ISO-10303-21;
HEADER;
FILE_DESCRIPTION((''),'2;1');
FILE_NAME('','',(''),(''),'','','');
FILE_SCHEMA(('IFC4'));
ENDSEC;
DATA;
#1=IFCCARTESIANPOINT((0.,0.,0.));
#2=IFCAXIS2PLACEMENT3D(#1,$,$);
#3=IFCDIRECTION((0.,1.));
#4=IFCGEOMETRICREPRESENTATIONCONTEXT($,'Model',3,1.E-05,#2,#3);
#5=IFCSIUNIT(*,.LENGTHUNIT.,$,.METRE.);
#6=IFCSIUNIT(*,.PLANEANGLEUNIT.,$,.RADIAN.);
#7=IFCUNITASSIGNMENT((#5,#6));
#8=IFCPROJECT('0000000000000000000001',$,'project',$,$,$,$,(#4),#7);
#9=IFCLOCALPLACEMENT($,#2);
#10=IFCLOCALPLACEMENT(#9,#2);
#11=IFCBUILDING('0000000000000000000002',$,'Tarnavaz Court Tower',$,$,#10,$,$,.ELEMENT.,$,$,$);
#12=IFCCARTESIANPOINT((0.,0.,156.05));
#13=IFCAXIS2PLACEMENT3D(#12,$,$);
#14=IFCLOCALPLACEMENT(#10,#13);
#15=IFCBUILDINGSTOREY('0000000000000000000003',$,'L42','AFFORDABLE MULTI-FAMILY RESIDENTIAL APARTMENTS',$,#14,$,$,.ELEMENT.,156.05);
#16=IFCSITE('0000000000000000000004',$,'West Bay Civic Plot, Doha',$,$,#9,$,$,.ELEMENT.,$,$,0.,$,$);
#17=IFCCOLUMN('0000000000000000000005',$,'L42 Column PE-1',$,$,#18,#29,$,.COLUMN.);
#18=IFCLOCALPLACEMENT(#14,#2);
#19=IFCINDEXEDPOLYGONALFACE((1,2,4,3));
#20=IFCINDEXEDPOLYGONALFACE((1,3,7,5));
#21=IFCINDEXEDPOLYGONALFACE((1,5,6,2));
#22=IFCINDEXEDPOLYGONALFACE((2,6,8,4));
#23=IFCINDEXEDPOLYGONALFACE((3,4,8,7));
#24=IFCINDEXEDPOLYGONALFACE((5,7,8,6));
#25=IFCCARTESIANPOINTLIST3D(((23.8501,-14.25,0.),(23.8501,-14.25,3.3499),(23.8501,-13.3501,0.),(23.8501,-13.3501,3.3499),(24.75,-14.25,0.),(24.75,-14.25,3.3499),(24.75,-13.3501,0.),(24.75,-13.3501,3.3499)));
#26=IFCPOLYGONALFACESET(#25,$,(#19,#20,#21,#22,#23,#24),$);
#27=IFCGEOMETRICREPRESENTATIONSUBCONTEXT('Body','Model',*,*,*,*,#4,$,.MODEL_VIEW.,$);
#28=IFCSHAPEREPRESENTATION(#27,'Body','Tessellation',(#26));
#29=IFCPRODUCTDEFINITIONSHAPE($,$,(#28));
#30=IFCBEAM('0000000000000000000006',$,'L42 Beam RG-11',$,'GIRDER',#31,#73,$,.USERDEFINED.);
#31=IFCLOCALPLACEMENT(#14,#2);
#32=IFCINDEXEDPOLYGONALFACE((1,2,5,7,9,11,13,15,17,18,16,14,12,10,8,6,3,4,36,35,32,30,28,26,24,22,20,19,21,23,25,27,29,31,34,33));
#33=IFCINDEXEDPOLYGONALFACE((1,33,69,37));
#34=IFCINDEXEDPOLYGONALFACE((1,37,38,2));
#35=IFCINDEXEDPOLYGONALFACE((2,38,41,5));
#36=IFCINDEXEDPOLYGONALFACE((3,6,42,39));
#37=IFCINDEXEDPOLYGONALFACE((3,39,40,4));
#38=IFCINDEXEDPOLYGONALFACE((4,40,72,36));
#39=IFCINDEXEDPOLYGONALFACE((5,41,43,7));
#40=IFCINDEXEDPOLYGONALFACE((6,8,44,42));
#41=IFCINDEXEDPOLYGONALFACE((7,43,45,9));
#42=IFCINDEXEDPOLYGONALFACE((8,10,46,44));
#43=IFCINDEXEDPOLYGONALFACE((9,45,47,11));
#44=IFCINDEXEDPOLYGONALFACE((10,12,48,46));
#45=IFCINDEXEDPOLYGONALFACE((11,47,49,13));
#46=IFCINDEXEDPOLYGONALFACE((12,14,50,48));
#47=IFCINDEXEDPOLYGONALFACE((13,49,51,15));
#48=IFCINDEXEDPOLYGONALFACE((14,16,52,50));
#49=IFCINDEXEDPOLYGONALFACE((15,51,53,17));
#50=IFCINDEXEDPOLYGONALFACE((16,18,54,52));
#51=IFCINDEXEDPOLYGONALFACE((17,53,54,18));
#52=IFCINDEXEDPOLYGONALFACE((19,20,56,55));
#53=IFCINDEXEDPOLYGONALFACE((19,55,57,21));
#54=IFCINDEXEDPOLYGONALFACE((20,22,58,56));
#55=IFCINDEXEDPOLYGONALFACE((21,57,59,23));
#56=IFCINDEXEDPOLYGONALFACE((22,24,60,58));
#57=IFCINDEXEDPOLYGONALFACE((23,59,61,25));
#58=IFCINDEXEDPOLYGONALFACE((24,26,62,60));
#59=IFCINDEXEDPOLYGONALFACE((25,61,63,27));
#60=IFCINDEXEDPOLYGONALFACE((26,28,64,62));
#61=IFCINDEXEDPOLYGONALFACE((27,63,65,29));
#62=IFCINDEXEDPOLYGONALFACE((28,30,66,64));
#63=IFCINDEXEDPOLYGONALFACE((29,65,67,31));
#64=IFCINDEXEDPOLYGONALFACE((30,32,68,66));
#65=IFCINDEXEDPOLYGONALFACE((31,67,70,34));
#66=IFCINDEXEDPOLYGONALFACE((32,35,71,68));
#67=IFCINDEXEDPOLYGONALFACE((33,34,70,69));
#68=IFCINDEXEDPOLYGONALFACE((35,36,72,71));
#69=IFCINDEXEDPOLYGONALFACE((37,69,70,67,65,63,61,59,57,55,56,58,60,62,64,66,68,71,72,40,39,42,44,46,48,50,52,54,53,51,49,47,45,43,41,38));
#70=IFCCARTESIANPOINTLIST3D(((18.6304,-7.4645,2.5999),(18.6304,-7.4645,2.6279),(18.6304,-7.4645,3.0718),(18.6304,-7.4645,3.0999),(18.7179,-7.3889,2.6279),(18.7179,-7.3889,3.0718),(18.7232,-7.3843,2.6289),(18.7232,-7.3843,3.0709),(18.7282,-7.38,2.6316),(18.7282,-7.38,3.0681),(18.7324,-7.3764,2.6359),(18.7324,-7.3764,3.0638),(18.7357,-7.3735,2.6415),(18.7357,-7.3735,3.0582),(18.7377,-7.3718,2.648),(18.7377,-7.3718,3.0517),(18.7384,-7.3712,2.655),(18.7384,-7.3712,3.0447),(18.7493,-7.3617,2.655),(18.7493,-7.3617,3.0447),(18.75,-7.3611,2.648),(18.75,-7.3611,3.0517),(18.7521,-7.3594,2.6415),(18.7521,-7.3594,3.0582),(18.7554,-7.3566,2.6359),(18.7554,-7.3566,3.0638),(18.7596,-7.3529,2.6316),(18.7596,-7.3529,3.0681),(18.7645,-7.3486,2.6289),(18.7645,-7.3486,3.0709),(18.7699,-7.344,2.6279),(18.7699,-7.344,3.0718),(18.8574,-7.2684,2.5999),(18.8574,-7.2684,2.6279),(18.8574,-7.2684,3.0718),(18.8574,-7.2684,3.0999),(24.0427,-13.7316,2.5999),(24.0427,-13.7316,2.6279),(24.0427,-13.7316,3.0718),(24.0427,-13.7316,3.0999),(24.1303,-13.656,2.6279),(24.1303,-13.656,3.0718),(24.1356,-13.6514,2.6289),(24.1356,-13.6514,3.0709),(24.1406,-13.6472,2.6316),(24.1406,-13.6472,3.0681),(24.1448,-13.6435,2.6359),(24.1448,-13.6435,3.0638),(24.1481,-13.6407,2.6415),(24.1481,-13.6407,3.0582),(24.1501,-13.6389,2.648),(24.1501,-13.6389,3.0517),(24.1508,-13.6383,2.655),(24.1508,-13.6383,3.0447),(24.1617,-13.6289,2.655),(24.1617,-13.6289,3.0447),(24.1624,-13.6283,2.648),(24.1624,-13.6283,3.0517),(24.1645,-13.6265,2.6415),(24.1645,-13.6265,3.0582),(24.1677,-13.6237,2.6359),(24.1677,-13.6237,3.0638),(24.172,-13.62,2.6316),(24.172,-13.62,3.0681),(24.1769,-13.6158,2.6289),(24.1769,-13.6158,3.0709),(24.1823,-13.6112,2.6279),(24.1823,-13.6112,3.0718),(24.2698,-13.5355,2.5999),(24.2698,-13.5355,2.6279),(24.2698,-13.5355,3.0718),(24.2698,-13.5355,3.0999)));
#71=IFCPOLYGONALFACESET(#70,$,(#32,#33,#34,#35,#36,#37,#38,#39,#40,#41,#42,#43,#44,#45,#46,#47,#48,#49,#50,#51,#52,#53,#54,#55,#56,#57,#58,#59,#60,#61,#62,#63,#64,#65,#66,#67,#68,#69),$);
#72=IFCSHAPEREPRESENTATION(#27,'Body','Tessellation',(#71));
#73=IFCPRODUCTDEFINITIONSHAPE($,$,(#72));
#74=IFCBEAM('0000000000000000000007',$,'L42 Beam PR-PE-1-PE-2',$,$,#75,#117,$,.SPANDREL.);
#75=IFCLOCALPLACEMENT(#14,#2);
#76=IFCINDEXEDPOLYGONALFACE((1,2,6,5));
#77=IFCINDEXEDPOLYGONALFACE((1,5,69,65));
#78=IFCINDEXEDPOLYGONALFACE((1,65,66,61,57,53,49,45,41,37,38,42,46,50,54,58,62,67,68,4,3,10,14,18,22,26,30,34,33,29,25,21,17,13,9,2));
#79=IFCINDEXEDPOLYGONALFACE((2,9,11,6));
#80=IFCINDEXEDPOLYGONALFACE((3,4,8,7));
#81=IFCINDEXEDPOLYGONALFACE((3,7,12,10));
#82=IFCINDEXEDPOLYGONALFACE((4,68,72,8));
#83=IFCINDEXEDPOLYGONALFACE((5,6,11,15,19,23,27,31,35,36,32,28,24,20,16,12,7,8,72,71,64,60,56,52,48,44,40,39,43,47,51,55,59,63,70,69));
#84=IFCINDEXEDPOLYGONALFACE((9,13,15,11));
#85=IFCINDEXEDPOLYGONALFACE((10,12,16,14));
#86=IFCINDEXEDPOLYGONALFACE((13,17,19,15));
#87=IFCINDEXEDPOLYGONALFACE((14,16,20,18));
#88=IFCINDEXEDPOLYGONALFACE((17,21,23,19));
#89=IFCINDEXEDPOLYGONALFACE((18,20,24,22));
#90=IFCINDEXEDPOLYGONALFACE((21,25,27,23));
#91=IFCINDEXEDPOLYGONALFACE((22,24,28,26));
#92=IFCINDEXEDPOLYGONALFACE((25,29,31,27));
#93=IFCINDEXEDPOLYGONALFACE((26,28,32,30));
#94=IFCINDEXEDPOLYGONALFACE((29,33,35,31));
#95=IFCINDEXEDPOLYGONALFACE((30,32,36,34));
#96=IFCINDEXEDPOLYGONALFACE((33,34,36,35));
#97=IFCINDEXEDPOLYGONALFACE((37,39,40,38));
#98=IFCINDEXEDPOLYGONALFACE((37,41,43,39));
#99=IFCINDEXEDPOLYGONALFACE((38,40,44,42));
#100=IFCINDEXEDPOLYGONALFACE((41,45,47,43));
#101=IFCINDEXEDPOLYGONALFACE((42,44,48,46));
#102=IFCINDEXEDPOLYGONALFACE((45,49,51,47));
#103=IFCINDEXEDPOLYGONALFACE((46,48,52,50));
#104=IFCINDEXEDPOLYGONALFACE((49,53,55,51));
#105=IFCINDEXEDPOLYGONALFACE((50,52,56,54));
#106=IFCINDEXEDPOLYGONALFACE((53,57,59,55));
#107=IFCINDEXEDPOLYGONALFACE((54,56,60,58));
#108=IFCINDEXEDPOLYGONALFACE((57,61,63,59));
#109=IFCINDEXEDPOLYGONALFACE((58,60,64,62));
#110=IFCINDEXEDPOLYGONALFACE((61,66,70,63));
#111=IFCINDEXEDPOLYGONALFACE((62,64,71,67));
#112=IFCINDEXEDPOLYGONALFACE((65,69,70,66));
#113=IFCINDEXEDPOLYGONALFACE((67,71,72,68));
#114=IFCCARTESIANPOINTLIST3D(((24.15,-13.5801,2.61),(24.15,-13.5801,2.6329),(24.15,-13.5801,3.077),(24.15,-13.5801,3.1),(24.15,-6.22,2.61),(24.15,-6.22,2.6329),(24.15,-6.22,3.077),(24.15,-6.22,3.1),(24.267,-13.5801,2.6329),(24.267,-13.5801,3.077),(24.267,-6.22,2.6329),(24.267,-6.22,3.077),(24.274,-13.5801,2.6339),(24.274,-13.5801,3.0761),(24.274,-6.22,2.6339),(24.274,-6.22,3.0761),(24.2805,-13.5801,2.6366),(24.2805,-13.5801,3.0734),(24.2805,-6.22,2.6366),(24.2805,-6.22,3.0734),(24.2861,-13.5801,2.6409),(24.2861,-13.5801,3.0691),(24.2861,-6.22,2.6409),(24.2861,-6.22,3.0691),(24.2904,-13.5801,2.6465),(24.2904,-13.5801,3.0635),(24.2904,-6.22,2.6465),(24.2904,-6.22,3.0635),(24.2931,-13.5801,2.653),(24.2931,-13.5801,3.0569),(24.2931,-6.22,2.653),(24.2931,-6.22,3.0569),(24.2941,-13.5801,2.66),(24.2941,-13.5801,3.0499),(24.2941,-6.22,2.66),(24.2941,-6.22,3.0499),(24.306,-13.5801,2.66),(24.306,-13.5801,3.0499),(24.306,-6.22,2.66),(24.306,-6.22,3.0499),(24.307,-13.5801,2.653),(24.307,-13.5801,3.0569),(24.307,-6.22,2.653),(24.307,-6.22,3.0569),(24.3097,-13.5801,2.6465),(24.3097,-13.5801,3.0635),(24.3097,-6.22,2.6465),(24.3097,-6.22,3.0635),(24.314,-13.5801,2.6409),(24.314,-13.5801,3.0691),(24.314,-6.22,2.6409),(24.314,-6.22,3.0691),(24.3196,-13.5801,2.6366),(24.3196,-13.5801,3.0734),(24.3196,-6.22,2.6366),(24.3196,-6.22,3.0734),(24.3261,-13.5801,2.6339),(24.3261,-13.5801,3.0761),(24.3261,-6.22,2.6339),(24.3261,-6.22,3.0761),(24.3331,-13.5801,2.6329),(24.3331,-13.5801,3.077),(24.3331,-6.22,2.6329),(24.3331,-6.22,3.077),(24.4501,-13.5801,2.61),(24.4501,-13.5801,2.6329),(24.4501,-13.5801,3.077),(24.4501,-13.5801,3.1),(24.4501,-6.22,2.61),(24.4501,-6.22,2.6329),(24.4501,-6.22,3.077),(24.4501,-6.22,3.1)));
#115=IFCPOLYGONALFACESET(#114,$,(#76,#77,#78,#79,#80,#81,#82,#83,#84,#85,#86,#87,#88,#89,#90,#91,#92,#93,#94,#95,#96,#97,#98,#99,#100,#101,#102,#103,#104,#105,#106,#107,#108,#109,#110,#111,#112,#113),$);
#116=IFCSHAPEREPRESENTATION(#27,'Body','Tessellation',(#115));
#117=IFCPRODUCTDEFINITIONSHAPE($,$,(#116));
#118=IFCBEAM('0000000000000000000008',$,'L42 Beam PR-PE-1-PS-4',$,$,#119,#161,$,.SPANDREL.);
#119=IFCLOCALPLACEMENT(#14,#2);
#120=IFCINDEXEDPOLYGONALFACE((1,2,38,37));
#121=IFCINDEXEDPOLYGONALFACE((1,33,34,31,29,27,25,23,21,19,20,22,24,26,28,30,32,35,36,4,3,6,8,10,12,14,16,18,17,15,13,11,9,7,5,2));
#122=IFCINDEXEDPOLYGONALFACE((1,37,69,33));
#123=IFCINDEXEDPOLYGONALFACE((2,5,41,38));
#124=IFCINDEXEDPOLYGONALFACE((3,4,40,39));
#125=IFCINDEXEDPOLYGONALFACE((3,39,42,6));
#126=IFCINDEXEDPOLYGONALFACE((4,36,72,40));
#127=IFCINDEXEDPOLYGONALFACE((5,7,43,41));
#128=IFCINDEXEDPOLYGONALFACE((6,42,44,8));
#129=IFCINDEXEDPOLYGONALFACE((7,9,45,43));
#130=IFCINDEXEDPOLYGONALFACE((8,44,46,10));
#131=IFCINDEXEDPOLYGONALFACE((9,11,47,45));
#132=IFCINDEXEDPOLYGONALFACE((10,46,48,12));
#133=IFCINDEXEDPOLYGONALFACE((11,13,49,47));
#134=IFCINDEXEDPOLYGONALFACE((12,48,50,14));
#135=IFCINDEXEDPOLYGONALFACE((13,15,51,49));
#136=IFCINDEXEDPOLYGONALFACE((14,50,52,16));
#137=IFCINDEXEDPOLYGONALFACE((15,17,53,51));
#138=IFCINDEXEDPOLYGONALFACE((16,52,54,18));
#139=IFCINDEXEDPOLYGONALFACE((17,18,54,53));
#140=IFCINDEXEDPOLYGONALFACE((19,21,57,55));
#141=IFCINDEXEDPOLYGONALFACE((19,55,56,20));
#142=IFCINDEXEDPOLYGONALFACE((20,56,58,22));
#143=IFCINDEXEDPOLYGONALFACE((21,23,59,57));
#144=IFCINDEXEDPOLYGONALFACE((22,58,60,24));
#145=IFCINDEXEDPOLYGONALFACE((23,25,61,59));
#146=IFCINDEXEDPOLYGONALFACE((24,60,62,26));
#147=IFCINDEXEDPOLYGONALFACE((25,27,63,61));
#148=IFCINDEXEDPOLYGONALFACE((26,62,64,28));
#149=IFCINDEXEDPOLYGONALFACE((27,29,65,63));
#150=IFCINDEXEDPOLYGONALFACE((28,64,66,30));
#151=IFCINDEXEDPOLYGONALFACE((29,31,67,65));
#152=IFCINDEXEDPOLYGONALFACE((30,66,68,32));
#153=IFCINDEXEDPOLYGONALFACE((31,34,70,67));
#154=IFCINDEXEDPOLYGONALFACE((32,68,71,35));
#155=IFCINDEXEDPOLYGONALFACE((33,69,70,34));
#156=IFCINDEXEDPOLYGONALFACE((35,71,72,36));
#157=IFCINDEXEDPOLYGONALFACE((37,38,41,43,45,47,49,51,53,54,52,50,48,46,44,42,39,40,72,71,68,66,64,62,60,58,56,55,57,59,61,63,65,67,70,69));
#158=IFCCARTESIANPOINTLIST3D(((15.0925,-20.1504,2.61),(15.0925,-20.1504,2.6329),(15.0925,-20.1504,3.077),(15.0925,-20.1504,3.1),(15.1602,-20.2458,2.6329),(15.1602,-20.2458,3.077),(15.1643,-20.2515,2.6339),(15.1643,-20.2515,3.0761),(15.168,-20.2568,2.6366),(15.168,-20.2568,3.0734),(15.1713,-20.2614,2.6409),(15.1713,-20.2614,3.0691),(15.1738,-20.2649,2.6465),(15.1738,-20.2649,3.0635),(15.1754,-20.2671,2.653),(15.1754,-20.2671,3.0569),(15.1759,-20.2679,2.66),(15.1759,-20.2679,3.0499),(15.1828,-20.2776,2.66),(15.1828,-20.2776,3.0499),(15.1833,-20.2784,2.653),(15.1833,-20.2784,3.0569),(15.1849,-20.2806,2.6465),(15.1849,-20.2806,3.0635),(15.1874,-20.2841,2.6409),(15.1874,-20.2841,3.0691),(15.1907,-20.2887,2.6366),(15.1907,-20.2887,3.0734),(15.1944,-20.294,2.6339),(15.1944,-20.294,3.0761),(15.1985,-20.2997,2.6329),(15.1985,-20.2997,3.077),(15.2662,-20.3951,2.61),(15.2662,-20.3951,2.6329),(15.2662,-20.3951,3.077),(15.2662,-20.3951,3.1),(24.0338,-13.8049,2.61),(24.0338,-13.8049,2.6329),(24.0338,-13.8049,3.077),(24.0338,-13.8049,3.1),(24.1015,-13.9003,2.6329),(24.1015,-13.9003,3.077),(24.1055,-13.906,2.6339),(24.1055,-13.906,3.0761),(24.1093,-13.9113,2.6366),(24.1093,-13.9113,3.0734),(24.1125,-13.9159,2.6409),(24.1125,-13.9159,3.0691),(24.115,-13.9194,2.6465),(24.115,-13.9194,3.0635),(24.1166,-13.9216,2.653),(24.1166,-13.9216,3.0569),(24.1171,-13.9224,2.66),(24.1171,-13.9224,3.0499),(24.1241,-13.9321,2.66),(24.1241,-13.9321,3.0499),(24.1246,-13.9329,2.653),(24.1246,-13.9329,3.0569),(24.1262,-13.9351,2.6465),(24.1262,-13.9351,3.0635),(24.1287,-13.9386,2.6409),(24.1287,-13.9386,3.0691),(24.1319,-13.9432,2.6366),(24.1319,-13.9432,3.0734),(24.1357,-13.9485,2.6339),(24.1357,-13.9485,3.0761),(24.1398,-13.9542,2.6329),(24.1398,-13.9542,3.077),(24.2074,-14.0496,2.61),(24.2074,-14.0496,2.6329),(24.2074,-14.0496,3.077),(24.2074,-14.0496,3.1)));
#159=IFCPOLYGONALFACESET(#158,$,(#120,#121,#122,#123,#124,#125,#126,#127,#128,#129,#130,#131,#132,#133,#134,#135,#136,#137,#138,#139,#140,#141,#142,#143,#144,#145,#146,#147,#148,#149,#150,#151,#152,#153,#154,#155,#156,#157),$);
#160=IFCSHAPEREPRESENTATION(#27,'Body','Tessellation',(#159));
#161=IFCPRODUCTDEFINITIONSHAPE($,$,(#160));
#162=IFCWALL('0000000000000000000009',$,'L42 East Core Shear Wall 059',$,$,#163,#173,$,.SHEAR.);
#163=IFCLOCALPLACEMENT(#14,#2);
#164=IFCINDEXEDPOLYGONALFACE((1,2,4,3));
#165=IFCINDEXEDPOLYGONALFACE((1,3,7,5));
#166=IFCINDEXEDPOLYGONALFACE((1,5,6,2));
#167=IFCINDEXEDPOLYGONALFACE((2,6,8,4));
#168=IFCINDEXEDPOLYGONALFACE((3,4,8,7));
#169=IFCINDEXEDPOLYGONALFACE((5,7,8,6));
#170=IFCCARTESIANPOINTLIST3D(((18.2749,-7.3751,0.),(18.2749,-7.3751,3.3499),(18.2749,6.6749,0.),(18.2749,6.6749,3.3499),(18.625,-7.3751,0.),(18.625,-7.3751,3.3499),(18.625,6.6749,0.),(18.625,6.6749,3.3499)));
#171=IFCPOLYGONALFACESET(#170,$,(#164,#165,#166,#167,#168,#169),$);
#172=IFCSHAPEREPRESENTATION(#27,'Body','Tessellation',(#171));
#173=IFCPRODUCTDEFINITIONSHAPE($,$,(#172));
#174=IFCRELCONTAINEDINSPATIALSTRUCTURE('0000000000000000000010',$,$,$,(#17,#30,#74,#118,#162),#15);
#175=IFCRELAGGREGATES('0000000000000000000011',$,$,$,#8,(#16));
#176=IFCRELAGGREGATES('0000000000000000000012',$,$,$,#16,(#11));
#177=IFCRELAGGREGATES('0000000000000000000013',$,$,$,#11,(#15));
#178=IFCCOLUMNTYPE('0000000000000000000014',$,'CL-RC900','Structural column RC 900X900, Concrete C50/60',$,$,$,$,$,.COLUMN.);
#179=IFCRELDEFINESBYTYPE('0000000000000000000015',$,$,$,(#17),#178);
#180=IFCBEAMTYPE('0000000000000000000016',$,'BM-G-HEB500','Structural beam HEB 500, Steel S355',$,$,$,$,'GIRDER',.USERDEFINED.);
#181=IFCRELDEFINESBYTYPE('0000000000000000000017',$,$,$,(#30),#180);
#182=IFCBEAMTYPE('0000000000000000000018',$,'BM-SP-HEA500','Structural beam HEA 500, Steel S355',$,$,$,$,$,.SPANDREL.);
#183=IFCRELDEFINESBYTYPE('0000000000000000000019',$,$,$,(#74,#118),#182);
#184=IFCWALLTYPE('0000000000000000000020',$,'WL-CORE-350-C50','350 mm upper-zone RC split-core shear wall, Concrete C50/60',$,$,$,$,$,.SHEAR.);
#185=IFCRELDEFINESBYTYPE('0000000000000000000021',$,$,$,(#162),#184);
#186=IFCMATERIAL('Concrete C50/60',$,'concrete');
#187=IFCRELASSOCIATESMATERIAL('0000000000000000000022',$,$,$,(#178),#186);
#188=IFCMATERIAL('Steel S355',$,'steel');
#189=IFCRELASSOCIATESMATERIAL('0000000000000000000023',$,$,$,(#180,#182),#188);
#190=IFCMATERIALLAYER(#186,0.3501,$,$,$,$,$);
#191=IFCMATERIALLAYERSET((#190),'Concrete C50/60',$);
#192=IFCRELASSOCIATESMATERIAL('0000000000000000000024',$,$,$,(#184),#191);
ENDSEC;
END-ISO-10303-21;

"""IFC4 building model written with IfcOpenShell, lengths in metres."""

from ifc_helpers import new_model, si_unit, direction, frame, frame_2d, origin, origin_2d, place, context, subcontext, project, spatial, rectangle, i_section, extrude, material, layer, layer_set, material_profile, profile_set, type_object, element, save


model = new_model("IFC4")

# Units and contexts
model_context = context("Model", 3, precision=1e-05, world=origin(), true_north=direction((0.0, 1.0)))
body_context = subcontext(model_context, "Body", "Model", "MODEL_VIEW")
ifc_project = project(units=[si_unit("LENGTHUNIT", "METRE"), si_unit("PLANEANGLEUNIT", "RADIAN")], contexts=[model_context])

# Site, building, storey
site_placement = place(None, origin())
site = spatial("IfcSite", under=ifc_project, at=site_placement, Name="West Bay Civic Plot, Doha", CompositionType="ELEMENT", RefElevation=0.0)
building_placement = place(site_placement, origin())
building = spatial("IfcBuilding", under=site, at=building_placement, Name="Tarnavaz Court Tower", CompositionType="ELEMENT")
storey_placement = place(building_placement, frame((0.0, 0.0, 156.05)))
storey = spatial("IfcBuildingStorey", under=building, at=storey_placement, Name="L42", Description="AFFORDABLE MULTI-FAMILY RESIDENTIAL APARTMENTS", CompositionType="ELEMENT", Elevation=156.05)

# Column
ifc_material_1 = material(Name="Concrete C50/60", Category="concrete")
ifc_material_profile_1 = material_profile(ifc_material_1, rectangle(XDim=0.8999, YDim=0.8999, at=origin_2d()), Name="RC 900X900")
ifc_profile_set_1 = profile_set([ifc_material_profile_1], Name="Concrete C50/60")
column_type = type_object("IfcColumnType", Name="CL-RC900", Description="Structural column RC 900X900, Concrete C50/60", PredefinedType="COLUMN", material=ifc_profile_set_1)
column_placement = place(storey_placement, frame((24.3, -13.8, 0.0), z_axis=(0.0, 0.0, 1.0), x_axis=(1.0, 0.0, 0.0)))
element("IfcColumn", 1, at=column_placement, inside=storey, type_object=column_type, Name="L42 Column PE-1", PredefinedType="COLUMN", context=body_context, shape_type="SweptSolid", body=[
    extrude(rectangle(XDim=0.8999, YDim=0.8999, at=origin_2d()), origin(), (0.0, 0.0, 1.0), 3.3499),
])

# Beams
ifc_material_2 = material(Name="Steel S355", Category="steel")
ifc_material_profile_2 = material_profile(ifc_material_2, i_section(OverallWidth=0.3, OverallDepth=0.5, WebThickness=0.0144, FlangeThickness=0.0281, FilletRadius=0.0271, at=origin_2d()), Name="HEB 500")
ifc_profile_set_2 = profile_set([ifc_material_profile_2], Name="Steel S355")
beam_type_1 = type_object("IfcBeamType", Name="BM-G-HEB500", Description="Structural beam HEB 500, Steel S355", ElementType="GIRDER", PredefinedType="USERDEFINED", material=ifc_profile_set_2)
beam_1_placement = place(storey_placement, frame((18.7439, -7.3665, 2.8499), z_axis=(0.653611, -0.756831, 0.0), x_axis=(0.756831, 0.653611, 0.0)))
element("IfcBeam", 2, at=beam_1_placement, inside=storey, type_object=beam_type_1, Name="L42 Beam RG-11", ObjectType="GIRDER", PredefinedType="USERDEFINED", context=body_context, shape_type="SweptSolid", body=[
    extrude(i_section(OverallWidth=0.3, OverallDepth=0.5, WebThickness=0.0144, FlangeThickness=0.0281, FilletRadius=0.0271, at=origin_2d()), origin(), (0.0, 0.0, 1.0), 8.2808),
])
ifc_material_profile_3 = material_profile(ifc_material_2, i_section(OverallWidth=0.3, OverallDepth=0.49, WebThickness=0.012, FlangeThickness=0.0229, FilletRadius=0.0271, at=origin_2d()), Name="HEA 500")
ifc_profile_set_3 = profile_set([ifc_material_profile_3], Name="Steel S355")
beam_type_2 = type_object("IfcBeamType", Name="BM-SP-HEA500", Description="Structural beam HEA 500, Steel S355", PredefinedType="SPANDREL", material=ifc_profile_set_3)
beam_2_placement = place(storey_placement, frame((24.3, -13.5801, 2.855), z_axis=(0.0, 1.0, 0.0), x_axis=(-1.0, 0.0, 0.0)))
element("IfcBeam", 3, at=beam_2_placement, inside=storey, type_object=beam_type_2, Name="L42 Beam PR-PE-1-PE-2", PredefinedType="SPANDREL", context=body_context, shape_type="SweptSolid", body=[
    extrude(i_section(OverallWidth=0.3, OverallDepth=0.49, WebThickness=0.012, FlangeThickness=0.0229, FilletRadius=0.0271, at=origin_2d()), origin(), (0.0, 0.0, 1.0), 7.3601),
])
beam_3_placement = place(storey_placement, frame((24.1206, -13.9272, 2.855), z_axis=(-0.815502, -0.578754, 0.0), x_axis=(0.578754, -0.815502, 0.0)))
element("IfcBeam", 4, at=beam_3_placement, inside=storey, type_object=beam_type_2, Name="L42 Beam PR-PE-1-PS-4", PredefinedType="SPANDREL", context=body_context, shape_type="SweptSolid", body=[
    extrude(i_section(OverallWidth=0.3, OverallDepth=0.49, WebThickness=0.012, FlangeThickness=0.0229, FilletRadius=0.0271, at=origin_2d()), origin(), (0.0, 0.0, 1.0), 10.9641),
])

# Wall
ifc_layer_1 = layer(ifc_material_1, 0.3501)
ifc_layer_set_1 = layer_set([ifc_layer_1], Name="Concrete C50/60")
wall_type_1 = type_object("IfcWallType", Name="WL-CORE-350-C50", Description="350 mm upper-zone RC split-core shear wall, Concrete C50/60", PredefinedType="SHEAR", material=ifc_layer_set_1)
wall_1_placement = place(storey_placement, frame((18.45, -7.375, 0.0), z_axis=(0.0, 0.0, 1.0), x_axis=(0.0, 1.0, 0.0)))
element("IfcWall", 5, at=wall_1_placement, inside=storey, type_object=wall_type_1, Name="L42 East Core Shear Wall 059", PredefinedType="SHEAR", context=body_context, shape_type="SweptSolid", body=[
    extrude(rectangle(XDim=14.05, YDim=0.3501, at=frame_2d((7.0249, 0.0))), origin(), (0.0, 0.0, 1.0), 3.3499),
])

save(model, "model.ifc")
